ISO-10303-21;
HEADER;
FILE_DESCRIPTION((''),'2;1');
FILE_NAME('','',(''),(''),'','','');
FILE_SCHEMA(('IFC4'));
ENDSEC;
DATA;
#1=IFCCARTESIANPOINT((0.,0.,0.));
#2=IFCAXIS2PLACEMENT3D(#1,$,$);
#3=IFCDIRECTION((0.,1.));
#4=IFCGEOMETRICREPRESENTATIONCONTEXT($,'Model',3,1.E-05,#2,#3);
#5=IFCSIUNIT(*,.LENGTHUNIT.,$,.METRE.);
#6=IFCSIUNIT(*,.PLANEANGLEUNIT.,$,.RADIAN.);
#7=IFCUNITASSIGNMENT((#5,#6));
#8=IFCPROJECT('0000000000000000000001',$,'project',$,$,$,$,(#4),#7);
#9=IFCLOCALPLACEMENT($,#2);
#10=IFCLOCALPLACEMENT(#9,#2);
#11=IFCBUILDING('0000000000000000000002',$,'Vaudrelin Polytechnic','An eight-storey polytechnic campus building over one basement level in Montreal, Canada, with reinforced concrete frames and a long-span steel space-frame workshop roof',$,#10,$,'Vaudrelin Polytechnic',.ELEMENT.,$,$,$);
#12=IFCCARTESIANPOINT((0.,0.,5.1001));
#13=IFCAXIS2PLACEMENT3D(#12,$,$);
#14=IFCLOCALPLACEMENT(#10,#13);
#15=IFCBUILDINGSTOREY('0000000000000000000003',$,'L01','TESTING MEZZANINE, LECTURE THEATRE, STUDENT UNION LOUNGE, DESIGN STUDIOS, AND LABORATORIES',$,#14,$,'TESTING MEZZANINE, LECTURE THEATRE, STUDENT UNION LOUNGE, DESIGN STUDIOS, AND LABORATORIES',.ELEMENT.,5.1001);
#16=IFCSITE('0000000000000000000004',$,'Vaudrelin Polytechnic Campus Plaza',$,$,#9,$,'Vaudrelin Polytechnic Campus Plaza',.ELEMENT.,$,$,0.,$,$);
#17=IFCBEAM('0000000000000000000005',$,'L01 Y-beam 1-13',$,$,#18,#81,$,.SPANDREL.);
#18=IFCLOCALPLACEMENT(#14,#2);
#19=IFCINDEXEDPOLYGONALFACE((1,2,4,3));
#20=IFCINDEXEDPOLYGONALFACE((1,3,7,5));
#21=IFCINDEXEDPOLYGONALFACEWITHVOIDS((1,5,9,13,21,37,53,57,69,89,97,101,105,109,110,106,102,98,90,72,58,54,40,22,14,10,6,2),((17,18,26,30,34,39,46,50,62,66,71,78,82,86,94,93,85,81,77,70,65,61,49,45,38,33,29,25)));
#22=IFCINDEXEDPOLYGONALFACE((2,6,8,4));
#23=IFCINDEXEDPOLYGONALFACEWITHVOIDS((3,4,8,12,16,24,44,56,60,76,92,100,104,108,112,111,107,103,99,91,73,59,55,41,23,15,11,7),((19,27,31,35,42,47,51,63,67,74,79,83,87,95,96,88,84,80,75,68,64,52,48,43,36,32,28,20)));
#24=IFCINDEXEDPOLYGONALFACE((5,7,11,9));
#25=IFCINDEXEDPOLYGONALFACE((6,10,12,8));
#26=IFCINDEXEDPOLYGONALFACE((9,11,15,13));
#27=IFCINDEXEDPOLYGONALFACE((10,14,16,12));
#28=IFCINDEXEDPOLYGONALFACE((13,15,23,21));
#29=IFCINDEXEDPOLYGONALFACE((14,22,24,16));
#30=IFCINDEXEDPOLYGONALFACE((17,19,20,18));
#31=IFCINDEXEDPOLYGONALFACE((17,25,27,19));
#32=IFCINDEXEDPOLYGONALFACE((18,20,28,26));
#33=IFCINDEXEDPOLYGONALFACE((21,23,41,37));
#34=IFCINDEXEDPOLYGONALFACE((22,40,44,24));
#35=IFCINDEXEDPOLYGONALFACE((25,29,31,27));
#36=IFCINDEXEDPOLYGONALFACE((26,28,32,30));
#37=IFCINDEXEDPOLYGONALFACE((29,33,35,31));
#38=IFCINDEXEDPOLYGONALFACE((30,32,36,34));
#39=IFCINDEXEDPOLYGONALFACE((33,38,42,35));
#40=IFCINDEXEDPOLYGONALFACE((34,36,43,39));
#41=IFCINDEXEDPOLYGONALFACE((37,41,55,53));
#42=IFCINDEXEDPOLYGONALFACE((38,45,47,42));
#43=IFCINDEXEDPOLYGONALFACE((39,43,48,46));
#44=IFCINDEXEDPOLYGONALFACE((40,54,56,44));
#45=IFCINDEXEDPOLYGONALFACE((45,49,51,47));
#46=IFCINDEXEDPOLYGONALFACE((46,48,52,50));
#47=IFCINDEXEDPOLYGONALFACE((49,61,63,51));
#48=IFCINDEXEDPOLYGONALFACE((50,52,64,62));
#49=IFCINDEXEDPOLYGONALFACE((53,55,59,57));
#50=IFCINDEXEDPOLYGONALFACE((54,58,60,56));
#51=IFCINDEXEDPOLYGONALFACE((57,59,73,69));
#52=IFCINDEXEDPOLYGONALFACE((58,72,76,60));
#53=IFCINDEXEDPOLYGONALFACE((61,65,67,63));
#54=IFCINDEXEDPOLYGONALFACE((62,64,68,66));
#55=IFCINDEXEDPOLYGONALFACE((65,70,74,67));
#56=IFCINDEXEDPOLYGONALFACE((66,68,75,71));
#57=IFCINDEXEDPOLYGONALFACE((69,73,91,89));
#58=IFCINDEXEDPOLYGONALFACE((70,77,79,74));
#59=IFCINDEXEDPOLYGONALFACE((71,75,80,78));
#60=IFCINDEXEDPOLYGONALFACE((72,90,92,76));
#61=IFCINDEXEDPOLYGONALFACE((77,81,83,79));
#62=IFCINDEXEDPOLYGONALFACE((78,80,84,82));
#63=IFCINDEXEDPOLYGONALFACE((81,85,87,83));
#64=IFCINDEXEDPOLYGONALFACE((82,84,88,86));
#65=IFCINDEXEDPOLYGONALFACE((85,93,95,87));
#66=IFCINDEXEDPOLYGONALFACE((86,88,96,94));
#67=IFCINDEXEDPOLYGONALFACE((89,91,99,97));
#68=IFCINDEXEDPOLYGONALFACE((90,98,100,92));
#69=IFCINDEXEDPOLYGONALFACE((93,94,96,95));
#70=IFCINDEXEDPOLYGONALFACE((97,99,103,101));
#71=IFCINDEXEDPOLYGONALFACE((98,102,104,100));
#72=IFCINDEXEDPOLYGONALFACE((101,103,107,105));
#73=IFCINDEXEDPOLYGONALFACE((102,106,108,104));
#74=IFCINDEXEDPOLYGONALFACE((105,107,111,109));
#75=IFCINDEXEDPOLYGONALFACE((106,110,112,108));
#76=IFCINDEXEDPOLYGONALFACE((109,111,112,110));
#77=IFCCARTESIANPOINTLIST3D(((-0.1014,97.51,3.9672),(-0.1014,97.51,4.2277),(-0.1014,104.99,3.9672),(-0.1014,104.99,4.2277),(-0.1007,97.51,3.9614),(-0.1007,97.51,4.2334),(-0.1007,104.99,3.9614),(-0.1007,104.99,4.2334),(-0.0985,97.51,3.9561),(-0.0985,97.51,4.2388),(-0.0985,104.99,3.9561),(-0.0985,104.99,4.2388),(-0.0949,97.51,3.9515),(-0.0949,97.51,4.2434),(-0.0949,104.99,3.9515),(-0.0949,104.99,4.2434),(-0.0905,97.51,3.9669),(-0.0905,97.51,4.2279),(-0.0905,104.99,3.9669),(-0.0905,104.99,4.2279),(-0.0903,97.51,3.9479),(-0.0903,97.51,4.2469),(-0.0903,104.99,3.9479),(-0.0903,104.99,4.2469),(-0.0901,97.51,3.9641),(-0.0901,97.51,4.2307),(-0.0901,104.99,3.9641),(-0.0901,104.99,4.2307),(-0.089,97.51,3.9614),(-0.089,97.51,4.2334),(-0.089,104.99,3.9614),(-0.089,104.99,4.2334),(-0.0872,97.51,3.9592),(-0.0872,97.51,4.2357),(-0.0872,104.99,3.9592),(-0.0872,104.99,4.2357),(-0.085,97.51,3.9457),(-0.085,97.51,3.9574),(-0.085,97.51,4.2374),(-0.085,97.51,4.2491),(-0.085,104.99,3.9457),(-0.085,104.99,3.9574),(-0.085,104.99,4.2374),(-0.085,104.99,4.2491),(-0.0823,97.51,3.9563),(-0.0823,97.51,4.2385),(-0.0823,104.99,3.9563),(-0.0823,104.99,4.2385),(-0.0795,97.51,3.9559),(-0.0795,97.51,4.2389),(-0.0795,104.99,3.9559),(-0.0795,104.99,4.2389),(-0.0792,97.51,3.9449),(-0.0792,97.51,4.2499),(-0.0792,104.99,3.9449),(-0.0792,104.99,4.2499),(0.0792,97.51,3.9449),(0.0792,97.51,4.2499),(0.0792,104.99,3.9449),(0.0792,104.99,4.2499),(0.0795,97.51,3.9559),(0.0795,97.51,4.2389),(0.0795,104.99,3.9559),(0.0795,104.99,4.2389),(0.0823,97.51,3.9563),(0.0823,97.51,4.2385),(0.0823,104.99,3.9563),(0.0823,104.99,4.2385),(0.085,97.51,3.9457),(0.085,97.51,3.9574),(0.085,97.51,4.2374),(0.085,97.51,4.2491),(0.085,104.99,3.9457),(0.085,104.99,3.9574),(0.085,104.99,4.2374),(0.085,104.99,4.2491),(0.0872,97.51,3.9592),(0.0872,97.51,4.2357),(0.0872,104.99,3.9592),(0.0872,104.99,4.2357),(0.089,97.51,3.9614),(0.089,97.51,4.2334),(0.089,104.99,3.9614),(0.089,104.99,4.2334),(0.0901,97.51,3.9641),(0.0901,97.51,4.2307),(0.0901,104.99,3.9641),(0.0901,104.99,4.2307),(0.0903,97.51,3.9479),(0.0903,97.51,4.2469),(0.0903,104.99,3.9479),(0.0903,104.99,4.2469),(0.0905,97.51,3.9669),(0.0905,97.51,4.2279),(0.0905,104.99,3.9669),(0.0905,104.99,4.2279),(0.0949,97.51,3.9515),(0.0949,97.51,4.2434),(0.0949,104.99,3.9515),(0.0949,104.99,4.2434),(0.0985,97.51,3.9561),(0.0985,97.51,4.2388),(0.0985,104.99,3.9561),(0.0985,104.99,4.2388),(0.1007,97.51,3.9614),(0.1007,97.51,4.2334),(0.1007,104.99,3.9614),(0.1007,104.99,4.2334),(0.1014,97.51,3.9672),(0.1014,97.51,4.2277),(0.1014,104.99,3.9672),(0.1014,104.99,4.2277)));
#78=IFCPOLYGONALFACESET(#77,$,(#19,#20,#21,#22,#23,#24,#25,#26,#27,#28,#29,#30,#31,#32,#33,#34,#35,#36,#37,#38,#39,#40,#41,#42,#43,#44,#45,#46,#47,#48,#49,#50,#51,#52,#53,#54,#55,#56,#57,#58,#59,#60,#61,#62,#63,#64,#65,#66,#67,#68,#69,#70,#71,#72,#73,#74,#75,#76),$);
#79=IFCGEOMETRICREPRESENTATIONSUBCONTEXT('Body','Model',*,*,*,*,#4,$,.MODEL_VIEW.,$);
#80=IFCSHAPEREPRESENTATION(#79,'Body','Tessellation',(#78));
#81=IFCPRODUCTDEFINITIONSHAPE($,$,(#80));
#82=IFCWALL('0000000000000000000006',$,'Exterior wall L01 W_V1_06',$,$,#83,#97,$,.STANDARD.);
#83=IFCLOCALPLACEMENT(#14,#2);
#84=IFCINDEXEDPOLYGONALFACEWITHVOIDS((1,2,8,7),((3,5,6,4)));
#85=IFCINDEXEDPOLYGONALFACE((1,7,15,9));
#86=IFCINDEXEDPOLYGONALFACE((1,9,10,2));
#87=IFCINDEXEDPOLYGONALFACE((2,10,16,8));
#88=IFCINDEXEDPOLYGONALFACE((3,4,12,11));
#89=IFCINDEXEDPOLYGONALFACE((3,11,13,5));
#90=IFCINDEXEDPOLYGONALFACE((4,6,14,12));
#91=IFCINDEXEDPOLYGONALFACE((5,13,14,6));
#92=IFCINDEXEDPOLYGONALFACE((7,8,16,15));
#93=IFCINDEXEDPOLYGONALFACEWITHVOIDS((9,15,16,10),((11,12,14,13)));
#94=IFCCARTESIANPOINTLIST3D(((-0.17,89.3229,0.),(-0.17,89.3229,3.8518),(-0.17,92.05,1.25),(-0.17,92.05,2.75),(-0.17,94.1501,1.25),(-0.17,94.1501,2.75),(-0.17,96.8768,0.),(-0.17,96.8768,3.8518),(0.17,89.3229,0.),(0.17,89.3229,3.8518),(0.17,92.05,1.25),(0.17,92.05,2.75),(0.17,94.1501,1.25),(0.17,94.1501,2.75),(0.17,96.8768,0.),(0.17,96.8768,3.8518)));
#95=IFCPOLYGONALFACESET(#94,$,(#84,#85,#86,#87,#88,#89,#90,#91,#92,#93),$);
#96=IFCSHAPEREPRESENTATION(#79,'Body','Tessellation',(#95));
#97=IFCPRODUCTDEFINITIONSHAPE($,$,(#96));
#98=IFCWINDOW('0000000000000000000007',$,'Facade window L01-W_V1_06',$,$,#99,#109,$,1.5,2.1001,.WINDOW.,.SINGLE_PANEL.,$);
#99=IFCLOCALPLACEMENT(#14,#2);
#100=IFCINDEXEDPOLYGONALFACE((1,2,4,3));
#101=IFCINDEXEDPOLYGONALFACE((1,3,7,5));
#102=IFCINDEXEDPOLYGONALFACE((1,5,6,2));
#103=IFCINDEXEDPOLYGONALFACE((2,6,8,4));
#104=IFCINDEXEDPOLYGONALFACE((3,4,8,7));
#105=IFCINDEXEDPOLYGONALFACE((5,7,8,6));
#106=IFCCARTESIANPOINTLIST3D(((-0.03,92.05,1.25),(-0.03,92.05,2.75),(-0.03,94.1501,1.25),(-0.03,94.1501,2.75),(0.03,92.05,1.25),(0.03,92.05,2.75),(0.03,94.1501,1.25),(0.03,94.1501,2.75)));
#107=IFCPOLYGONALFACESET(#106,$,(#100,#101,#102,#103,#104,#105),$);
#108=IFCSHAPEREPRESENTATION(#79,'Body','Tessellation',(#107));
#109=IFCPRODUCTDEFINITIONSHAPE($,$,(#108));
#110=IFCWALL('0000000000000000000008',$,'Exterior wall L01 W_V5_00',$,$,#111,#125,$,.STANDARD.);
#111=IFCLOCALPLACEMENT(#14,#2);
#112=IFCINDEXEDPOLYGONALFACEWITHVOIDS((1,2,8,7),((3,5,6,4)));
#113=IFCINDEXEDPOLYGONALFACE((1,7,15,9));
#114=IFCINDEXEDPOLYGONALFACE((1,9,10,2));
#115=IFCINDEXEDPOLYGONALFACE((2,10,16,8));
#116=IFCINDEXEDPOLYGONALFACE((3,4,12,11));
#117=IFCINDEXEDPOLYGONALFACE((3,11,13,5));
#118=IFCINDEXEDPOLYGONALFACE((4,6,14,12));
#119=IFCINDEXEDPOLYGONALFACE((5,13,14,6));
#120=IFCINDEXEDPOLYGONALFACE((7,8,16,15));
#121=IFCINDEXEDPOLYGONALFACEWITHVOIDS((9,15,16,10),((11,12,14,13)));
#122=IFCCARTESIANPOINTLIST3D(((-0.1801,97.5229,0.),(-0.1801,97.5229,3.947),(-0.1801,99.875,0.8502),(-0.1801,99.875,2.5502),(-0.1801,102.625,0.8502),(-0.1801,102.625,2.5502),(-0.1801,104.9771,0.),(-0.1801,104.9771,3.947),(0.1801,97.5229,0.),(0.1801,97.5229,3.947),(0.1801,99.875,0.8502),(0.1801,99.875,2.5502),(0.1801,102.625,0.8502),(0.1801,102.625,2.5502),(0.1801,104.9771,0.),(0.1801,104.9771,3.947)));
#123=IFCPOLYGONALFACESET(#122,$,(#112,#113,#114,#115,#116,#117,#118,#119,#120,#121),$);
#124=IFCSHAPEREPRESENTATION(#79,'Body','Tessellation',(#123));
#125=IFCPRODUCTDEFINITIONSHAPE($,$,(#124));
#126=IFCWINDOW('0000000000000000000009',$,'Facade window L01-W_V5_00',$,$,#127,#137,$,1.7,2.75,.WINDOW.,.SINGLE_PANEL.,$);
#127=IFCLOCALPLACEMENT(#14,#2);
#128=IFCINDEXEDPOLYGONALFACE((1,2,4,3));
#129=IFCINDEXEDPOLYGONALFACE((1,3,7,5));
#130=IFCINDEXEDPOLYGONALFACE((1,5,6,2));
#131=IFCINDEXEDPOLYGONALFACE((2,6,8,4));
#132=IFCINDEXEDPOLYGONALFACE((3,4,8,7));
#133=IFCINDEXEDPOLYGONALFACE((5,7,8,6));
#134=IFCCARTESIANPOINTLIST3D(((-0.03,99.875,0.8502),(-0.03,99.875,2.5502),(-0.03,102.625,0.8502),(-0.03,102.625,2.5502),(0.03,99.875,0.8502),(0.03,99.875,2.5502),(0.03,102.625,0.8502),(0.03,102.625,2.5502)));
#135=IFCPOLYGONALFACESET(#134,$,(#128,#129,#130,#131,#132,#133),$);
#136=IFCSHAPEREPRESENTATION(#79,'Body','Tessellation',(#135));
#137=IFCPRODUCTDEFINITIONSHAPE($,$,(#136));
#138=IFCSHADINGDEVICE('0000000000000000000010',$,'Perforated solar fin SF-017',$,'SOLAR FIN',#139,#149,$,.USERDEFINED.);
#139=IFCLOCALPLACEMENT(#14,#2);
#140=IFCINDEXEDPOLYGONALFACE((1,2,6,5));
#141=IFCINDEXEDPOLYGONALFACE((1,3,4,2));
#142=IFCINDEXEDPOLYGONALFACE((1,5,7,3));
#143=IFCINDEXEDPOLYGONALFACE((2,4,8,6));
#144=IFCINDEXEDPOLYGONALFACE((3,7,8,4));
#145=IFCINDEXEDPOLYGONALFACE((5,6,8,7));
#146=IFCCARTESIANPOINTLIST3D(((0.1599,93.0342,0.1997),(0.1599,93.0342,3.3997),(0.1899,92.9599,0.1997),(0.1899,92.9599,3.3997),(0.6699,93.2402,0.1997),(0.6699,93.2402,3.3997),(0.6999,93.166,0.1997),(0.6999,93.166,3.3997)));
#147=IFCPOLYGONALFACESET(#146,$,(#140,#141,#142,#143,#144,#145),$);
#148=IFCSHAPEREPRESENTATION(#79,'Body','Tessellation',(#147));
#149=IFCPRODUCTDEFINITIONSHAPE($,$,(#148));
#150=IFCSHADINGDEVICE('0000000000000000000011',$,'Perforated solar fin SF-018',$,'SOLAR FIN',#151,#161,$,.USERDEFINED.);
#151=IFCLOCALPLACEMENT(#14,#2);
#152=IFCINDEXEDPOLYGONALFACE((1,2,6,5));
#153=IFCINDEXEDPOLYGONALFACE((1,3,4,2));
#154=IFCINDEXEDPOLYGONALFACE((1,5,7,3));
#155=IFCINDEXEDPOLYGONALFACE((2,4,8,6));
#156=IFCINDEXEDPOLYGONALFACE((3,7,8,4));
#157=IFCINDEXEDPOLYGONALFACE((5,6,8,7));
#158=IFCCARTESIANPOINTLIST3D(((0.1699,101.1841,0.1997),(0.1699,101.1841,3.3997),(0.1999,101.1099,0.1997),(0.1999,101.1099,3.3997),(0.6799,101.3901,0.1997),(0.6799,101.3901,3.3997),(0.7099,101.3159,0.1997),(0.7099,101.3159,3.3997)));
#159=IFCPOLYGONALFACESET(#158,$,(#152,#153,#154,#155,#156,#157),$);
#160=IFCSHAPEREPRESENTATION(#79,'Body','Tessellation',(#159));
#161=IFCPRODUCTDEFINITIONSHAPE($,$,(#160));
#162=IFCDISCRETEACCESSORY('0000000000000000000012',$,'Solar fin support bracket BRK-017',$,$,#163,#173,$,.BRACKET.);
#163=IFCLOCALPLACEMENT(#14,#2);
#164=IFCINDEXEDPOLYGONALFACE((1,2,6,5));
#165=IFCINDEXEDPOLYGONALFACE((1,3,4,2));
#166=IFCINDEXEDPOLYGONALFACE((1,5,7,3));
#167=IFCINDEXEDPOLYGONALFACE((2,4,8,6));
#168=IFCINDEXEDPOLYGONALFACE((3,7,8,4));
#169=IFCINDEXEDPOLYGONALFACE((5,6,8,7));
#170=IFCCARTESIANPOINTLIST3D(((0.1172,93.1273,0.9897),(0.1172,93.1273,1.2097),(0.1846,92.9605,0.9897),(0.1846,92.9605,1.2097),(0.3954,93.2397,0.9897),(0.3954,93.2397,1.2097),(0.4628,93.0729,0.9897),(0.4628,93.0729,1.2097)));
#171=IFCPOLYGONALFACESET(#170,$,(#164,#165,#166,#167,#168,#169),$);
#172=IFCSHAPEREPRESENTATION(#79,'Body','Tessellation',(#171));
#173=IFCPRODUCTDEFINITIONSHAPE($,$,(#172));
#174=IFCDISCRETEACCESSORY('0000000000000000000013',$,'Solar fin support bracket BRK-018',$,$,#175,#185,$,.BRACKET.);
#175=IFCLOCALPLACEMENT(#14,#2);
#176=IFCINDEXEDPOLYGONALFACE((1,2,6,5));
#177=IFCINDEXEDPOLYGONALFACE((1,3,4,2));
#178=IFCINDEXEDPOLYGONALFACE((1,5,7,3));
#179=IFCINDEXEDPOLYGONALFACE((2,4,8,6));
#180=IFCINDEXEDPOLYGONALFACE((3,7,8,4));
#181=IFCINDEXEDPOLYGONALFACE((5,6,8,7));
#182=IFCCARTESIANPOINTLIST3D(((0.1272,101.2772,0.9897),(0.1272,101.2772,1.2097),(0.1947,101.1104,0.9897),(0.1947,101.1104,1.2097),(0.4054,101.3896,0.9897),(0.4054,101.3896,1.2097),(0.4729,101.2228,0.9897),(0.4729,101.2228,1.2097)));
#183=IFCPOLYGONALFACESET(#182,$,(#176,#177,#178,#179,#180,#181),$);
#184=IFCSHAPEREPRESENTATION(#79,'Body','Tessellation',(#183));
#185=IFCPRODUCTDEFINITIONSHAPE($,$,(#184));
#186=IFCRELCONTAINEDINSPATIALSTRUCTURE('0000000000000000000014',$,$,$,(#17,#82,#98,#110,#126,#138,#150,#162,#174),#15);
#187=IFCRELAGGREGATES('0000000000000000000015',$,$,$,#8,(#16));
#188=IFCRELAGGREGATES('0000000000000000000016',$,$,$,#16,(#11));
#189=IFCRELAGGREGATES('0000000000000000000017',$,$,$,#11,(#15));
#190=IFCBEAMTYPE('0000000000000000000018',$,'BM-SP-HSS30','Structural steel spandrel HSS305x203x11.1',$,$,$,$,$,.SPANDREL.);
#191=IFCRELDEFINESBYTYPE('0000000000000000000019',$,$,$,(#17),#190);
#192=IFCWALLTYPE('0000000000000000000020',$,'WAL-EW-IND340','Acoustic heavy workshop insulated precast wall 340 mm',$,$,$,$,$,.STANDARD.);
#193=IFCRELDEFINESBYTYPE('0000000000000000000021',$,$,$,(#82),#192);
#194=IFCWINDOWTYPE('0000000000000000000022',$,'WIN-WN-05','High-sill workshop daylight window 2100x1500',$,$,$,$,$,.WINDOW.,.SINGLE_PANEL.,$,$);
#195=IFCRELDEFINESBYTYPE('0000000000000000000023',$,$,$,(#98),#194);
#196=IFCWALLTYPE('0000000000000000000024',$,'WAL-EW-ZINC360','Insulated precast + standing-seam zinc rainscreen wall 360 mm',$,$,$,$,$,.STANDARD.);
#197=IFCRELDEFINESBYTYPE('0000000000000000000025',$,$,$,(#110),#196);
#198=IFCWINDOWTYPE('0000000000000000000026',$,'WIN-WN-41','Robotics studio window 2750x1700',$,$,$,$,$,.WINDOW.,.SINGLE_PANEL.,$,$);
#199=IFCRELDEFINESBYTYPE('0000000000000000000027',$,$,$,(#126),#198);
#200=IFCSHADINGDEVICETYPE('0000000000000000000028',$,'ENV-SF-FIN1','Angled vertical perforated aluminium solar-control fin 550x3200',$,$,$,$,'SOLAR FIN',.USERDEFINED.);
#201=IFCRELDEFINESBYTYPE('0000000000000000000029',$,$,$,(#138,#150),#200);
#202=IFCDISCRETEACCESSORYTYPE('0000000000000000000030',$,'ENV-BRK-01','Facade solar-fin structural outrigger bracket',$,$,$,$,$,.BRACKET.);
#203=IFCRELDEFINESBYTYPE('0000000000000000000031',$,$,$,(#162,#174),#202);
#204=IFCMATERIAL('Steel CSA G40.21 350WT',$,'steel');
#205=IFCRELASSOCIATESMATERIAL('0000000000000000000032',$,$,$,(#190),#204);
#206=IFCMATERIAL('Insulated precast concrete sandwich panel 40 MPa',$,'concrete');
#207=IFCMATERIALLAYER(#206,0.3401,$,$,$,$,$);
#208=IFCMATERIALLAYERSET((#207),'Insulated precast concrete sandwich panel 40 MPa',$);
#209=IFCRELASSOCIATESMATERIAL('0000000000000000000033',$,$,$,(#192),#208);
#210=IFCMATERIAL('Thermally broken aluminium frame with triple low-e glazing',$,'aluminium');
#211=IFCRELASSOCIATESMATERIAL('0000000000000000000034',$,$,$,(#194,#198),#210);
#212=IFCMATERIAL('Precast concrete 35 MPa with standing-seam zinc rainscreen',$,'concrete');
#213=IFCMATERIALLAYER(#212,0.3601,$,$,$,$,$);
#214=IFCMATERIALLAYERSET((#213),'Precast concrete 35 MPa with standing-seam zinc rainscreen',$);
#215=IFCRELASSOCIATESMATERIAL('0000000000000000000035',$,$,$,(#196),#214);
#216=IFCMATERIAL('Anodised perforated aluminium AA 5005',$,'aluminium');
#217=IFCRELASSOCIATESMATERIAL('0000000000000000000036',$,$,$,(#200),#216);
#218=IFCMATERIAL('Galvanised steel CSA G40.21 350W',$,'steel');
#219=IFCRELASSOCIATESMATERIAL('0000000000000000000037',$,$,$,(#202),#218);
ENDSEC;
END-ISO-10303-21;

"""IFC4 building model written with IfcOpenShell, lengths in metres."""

from ifc_helpers import new_model, si_unit, direction, frame, frame_2d, origin, origin_2d, place, context, subcontext, project, spatial, rectangle, hollow_rectangle, extrude, material, layer, layer_set, material_profile, profile_set, type_object, element, fill, save


model = new_model("IFC4")

# Units and contexts
model_context = context("Model", 3, precision=1e-05, world=origin(), true_north=direction((0.0, 1.0)))
body_context = subcontext(model_context, "Body", "Model", "MODEL_VIEW")
ifc_project = project(units=[si_unit("LENGTHUNIT", "METRE"), si_unit("PLANEANGLEUNIT", "RADIAN")], contexts=[model_context])

# Site, building, storey
site_placement = place(None, origin())
site = spatial("IfcSite", under=ifc_project, at=site_placement, Name="Vaudrelin Polytechnic Campus Plaza", LongName="Vaudrelin Polytechnic Campus Plaza", CompositionType="ELEMENT", RefElevation=0.0)
building_placement = place(site_placement, origin())
building = spatial("IfcBuilding", under=site, at=building_placement, Name="Vaudrelin Polytechnic", Description="An eight-storey polytechnic campus building over one basement level in Montreal, Canada, with reinforced concrete frames and a long-span steel space-frame workshop roof", LongName="Vaudrelin Polytechnic", CompositionType="ELEMENT")
storey_placement = place(building_placement, frame((0.0, 0.0, 5.1001)))
storey = spatial("IfcBuildingStorey", under=building, at=storey_placement, Name="L01", Description="TESTING MEZZANINE, LECTURE THEATRE, STUDENT UNION LOUNGE, DESIGN STUDIOS, AND LABORATORIES", LongName="TESTING MEZZANINE, LECTURE THEATRE, STUDENT UNION LOUNGE, DESIGN STUDIOS, AND LABORATORIES", CompositionType="ELEMENT", Elevation=5.1001)

# Beam
ifc_material_1 = material(Name="Steel CSA G40.21 350WT", Category="steel")
ifc_material_profile_1 = material_profile(ifc_material_1, hollow_rectangle(XDim=0.2029, YDim=0.3049, WallThickness=0.011, InnerFilletRadius=0.011, OuterFilletRadius=0.0222, at=origin_2d()), Name="HSS305x203x11.1")
ifc_profile_set_1 = profile_set([ifc_material_profile_1], Name="Steel CSA G40.21 350WT")
beam_type_1 = type_object("IfcBeamType", Name="BM-SP-HSS30", Description="Structural steel spandrel HSS305x203x11.1", PredefinedType="SPANDREL", material=ifc_profile_set_1)
beam_1_placement = place(storey_placement, frame((0.0, 97.51, 4.0974), z_axis=(0.0, 1.0, 0.0), x_axis=(-1.0, 0.0, 0.0)))
element("IfcBeam", 1, at=beam_1_placement, inside=storey, type_object=beam_type_1, Name="L01 Y-beam 1-13", PredefinedType="SPANDREL", context=body_context, shape_type="SweptSolid", body=[
    extrude(hollow_rectangle(XDim=0.2029, YDim=0.3049, WallThickness=0.011, InnerFilletRadius=0.011, OuterFilletRadius=0.0222, at=origin_2d()), origin(), (0.0, 0.0, 1.0), 7.48),
])

# Walls, openings, windows
ifc_material_2 = material(Name="Insulated precast concrete sandwich panel 40 MPa", Category="concrete")
ifc_layer_1 = layer(ifc_material_2, 0.3401)
ifc_layer_set_1 = layer_set([ifc_layer_1], Name="Insulated precast concrete sandwich panel 40 MPa")
wall_type_1 = type_object("IfcWallType", Name="WAL-EW-IND340", Description="Acoustic heavy workshop insulated precast wall 340 mm", PredefinedType="STANDARD", material=ifc_layer_set_1)
wall_1_placement = place(storey_placement, frame((0.0, 89.323, 0.0), z_axis=(0.0, 0.0, 1.0), x_axis=(0.0, 1.0, 0.0)))
wall_1 = element("IfcWall", 2, at=wall_1_placement, inside=storey, type_object=wall_type_1, Name="Exterior wall L01 W_V1_06", PredefinedType="STANDARD", context=body_context, shape_type="SweptSolid", body=[
    extrude(rectangle(XDim=7.554, YDim=0.3401, at=frame_2d((3.7769, 0.0))), origin(), (0.0, 0.0, 1.0), 3.8518),
])
opening_1_placement = place(wall_1_placement, frame((2.7271, 0.0, 1.25)))
opening_1 = element("IfcOpeningElement", 3, at=opening_1_placement, cuts=wall_1, PredefinedType="OPENING", context=body_context, shape_type="SweptSolid", body=[
    extrude(rectangle(XDim=2.1001, YDim=1.5, at=frame_2d((1.05, 0.75))), frame((0.0, 0.1802, 0.0), z_axis=(0.0, -1.0, 0.0), x_axis=(1.0, 0.0, 0.0)), (0.0, 0.0, 1.0), 0.3601),
])
ifc_material_3 = material(Name="Thermally broken aluminium frame with triple low-e glazing", Category="aluminium")
window_type_1 = type_object("IfcWindowType", Name="WIN-WN-05", Description="High-sill workshop daylight window 2100x1500", PartitioningType="SINGLE_PANEL", PredefinedType="WINDOW", material=ifc_material_3)
window_1_placement = place(opening_1_placement, origin())
window_1 = element("IfcWindow", 4, at=window_1_placement, inside=storey, type_object=window_type_1, Name="Facade window L01-W_V1_06", OverallHeight=1.5, OverallWidth=2.1001, PartitioningType="SINGLE_PANEL", PredefinedType="WINDOW", context=body_context, shape_type="SweptSolid", body=[
    extrude(rectangle(XDim=2.1001, YDim=1.5, at=frame_2d((1.05, 0.75))), frame((0.0, 0.03, 0.0), z_axis=(0.0, -1.0, 0.0), x_axis=(1.0, 0.0, 0.0)), (0.0, 0.0, 1.0), 0.0601),
])
fill(opening_1, window_1)
ifc_material_4 = material(Name="Precast concrete 35 MPa with standing-seam zinc rainscreen", Category="concrete")
ifc_layer_2 = layer(ifc_material_4, 0.3601)
ifc_layer_set_2 = layer_set([ifc_layer_2], Name="Precast concrete 35 MPa with standing-seam zinc rainscreen")
wall_type_2 = type_object("IfcWallType", Name="WAL-EW-ZINC360", Description="Insulated precast + standing-seam zinc rainscreen wall 360 mm", PredefinedType="STANDARD", material=ifc_layer_set_2)
wall_2_placement = place(storey_placement, frame((0.0, 97.5229, 0.0), z_axis=(0.0, 0.0, 1.0), x_axis=(0.0, 1.0, 0.0)))
wall_2 = element("IfcWall", 5, at=wall_2_placement, inside=storey, type_object=wall_type_2, Name="Exterior wall L01 W_V5_00", PredefinedType="STANDARD", context=body_context, shape_type="SweptSolid", body=[
    extrude(rectangle(XDim=7.4541, YDim=0.3601, at=frame_2d((3.7271, 0.0))), origin(), (0.0, 0.0, 1.0), 3.947),
])
opening_2_placement = place(wall_2_placement, frame((2.3521, 0.0, 0.8501)))
opening_2 = element("IfcOpeningElement", 6, at=opening_2_placement, cuts=wall_2, PredefinedType="OPENING", context=body_context, shape_type="SweptSolid", body=[
    extrude(rectangle(XDim=2.75, YDim=1.7, at=frame_2d((1.375, 0.8501))), frame((0.0, 0.1899, 0.0), z_axis=(0.0, -1.0, 0.0), x_axis=(1.0, 0.0, 0.0)), (0.0, 0.0, 1.0), 0.3801),
])
window_type_2 = type_object("IfcWindowType", Name="WIN-WN-41", Description="Robotics studio window 2750x1700", PartitioningType="SINGLE_PANEL", PredefinedType="WINDOW", material=ifc_material_3)
window_2_placement = place(opening_2_placement, origin())
window_2 = element("IfcWindow", 7, at=window_2_placement, inside=storey, type_object=window_type_2, Name="Facade window L01-W_V5_00", OverallHeight=1.7, OverallWidth=2.75, PartitioningType="SINGLE_PANEL", PredefinedType="WINDOW", context=body_context, shape_type="SweptSolid", body=[
    extrude(rectangle(XDim=2.75, YDim=1.7, at=frame_2d((1.375, 0.8501))), frame((0.0, 0.03, 0.0), z_axis=(0.0, -1.0, 0.0), x_axis=(1.0, 0.0, 0.0)), (0.0, 0.0, 1.0), 0.0601),
])
fill(opening_2, window_2)

# Shading devices
ifc_material_5 = material(Name="Anodised perforated aluminium AA 5005", Category="aluminium")
shading_device_type = type_object("IfcShadingDeviceType", Name="ENV-SF-FIN1", Description="Angled vertical perforated aluminium solar-control fin 550x3200", ElementType="SOLAR FIN", PredefinedType="USERDEFINED", material=ifc_material_5)
for number, where, z_axis, x_axis, name in (
    (8, (0.4299, 93.1001, 0.1997), (0.0, 0.0, 1.0), (0.927184, 0.374607, 0.0), "Perforated solar fin SF-017"),
    (9, (0.4399, 101.25, 0.1997), (0.0, 0.0, 1.0), (0.927184, 0.374607, 0.0), "Perforated solar fin SF-018"),
):
    element("IfcShadingDevice", number, at=place(storey_placement, frame(where, z_axis=z_axis, x_axis=x_axis)), inside=storey, type_object=shading_device_type, Name=name, ObjectType="SOLAR FIN", PredefinedType="USERDEFINED", context=body_context, shape_type="SweptSolid", body=[
        extrude(rectangle(XDim=0.55, YDim=0.0801, at=origin_2d()), origin(), (0.0, 0.0, 1.0), 3.2),
    ])

# Discrete accessories
ifc_material_6 = material(Name="Galvanised steel CSA G40.21 350W", Category="steel")
discrete_accessory_type = type_object("IfcDiscreteAccessoryType", Name="ENV-BRK-01", Description="Facade solar-fin structural outrigger bracket", PredefinedType="BRACKET", material=ifc_material_6)
for number, where, z_axis, x_axis, name in (
    (10, (0.29, 93.1001, 0.9897), (0.0, 0.0, 1.0), (0.927184, 0.374607, 0.0), "Solar fin support bracket BRK-017"),
    (11, (0.3, 101.25, 0.9897), (0.0, 0.0, 1.0), (0.927184, 0.374607, 0.0), "Solar fin support bracket BRK-018"),
):
    element("IfcDiscreteAccessory", number, at=place(storey_placement, frame(where, z_axis=z_axis, x_axis=x_axis)), inside=storey, type_object=discrete_accessory_type, Name=name, PredefinedType="BRACKET", context=body_context, shape_type="SweptSolid", body=[
        extrude(rectangle(XDim=0.3, YDim=0.1799, at=origin_2d()), origin(), (0.0, 0.0, 1.0), 0.22),
    ])

save(model, "model.ifc")
